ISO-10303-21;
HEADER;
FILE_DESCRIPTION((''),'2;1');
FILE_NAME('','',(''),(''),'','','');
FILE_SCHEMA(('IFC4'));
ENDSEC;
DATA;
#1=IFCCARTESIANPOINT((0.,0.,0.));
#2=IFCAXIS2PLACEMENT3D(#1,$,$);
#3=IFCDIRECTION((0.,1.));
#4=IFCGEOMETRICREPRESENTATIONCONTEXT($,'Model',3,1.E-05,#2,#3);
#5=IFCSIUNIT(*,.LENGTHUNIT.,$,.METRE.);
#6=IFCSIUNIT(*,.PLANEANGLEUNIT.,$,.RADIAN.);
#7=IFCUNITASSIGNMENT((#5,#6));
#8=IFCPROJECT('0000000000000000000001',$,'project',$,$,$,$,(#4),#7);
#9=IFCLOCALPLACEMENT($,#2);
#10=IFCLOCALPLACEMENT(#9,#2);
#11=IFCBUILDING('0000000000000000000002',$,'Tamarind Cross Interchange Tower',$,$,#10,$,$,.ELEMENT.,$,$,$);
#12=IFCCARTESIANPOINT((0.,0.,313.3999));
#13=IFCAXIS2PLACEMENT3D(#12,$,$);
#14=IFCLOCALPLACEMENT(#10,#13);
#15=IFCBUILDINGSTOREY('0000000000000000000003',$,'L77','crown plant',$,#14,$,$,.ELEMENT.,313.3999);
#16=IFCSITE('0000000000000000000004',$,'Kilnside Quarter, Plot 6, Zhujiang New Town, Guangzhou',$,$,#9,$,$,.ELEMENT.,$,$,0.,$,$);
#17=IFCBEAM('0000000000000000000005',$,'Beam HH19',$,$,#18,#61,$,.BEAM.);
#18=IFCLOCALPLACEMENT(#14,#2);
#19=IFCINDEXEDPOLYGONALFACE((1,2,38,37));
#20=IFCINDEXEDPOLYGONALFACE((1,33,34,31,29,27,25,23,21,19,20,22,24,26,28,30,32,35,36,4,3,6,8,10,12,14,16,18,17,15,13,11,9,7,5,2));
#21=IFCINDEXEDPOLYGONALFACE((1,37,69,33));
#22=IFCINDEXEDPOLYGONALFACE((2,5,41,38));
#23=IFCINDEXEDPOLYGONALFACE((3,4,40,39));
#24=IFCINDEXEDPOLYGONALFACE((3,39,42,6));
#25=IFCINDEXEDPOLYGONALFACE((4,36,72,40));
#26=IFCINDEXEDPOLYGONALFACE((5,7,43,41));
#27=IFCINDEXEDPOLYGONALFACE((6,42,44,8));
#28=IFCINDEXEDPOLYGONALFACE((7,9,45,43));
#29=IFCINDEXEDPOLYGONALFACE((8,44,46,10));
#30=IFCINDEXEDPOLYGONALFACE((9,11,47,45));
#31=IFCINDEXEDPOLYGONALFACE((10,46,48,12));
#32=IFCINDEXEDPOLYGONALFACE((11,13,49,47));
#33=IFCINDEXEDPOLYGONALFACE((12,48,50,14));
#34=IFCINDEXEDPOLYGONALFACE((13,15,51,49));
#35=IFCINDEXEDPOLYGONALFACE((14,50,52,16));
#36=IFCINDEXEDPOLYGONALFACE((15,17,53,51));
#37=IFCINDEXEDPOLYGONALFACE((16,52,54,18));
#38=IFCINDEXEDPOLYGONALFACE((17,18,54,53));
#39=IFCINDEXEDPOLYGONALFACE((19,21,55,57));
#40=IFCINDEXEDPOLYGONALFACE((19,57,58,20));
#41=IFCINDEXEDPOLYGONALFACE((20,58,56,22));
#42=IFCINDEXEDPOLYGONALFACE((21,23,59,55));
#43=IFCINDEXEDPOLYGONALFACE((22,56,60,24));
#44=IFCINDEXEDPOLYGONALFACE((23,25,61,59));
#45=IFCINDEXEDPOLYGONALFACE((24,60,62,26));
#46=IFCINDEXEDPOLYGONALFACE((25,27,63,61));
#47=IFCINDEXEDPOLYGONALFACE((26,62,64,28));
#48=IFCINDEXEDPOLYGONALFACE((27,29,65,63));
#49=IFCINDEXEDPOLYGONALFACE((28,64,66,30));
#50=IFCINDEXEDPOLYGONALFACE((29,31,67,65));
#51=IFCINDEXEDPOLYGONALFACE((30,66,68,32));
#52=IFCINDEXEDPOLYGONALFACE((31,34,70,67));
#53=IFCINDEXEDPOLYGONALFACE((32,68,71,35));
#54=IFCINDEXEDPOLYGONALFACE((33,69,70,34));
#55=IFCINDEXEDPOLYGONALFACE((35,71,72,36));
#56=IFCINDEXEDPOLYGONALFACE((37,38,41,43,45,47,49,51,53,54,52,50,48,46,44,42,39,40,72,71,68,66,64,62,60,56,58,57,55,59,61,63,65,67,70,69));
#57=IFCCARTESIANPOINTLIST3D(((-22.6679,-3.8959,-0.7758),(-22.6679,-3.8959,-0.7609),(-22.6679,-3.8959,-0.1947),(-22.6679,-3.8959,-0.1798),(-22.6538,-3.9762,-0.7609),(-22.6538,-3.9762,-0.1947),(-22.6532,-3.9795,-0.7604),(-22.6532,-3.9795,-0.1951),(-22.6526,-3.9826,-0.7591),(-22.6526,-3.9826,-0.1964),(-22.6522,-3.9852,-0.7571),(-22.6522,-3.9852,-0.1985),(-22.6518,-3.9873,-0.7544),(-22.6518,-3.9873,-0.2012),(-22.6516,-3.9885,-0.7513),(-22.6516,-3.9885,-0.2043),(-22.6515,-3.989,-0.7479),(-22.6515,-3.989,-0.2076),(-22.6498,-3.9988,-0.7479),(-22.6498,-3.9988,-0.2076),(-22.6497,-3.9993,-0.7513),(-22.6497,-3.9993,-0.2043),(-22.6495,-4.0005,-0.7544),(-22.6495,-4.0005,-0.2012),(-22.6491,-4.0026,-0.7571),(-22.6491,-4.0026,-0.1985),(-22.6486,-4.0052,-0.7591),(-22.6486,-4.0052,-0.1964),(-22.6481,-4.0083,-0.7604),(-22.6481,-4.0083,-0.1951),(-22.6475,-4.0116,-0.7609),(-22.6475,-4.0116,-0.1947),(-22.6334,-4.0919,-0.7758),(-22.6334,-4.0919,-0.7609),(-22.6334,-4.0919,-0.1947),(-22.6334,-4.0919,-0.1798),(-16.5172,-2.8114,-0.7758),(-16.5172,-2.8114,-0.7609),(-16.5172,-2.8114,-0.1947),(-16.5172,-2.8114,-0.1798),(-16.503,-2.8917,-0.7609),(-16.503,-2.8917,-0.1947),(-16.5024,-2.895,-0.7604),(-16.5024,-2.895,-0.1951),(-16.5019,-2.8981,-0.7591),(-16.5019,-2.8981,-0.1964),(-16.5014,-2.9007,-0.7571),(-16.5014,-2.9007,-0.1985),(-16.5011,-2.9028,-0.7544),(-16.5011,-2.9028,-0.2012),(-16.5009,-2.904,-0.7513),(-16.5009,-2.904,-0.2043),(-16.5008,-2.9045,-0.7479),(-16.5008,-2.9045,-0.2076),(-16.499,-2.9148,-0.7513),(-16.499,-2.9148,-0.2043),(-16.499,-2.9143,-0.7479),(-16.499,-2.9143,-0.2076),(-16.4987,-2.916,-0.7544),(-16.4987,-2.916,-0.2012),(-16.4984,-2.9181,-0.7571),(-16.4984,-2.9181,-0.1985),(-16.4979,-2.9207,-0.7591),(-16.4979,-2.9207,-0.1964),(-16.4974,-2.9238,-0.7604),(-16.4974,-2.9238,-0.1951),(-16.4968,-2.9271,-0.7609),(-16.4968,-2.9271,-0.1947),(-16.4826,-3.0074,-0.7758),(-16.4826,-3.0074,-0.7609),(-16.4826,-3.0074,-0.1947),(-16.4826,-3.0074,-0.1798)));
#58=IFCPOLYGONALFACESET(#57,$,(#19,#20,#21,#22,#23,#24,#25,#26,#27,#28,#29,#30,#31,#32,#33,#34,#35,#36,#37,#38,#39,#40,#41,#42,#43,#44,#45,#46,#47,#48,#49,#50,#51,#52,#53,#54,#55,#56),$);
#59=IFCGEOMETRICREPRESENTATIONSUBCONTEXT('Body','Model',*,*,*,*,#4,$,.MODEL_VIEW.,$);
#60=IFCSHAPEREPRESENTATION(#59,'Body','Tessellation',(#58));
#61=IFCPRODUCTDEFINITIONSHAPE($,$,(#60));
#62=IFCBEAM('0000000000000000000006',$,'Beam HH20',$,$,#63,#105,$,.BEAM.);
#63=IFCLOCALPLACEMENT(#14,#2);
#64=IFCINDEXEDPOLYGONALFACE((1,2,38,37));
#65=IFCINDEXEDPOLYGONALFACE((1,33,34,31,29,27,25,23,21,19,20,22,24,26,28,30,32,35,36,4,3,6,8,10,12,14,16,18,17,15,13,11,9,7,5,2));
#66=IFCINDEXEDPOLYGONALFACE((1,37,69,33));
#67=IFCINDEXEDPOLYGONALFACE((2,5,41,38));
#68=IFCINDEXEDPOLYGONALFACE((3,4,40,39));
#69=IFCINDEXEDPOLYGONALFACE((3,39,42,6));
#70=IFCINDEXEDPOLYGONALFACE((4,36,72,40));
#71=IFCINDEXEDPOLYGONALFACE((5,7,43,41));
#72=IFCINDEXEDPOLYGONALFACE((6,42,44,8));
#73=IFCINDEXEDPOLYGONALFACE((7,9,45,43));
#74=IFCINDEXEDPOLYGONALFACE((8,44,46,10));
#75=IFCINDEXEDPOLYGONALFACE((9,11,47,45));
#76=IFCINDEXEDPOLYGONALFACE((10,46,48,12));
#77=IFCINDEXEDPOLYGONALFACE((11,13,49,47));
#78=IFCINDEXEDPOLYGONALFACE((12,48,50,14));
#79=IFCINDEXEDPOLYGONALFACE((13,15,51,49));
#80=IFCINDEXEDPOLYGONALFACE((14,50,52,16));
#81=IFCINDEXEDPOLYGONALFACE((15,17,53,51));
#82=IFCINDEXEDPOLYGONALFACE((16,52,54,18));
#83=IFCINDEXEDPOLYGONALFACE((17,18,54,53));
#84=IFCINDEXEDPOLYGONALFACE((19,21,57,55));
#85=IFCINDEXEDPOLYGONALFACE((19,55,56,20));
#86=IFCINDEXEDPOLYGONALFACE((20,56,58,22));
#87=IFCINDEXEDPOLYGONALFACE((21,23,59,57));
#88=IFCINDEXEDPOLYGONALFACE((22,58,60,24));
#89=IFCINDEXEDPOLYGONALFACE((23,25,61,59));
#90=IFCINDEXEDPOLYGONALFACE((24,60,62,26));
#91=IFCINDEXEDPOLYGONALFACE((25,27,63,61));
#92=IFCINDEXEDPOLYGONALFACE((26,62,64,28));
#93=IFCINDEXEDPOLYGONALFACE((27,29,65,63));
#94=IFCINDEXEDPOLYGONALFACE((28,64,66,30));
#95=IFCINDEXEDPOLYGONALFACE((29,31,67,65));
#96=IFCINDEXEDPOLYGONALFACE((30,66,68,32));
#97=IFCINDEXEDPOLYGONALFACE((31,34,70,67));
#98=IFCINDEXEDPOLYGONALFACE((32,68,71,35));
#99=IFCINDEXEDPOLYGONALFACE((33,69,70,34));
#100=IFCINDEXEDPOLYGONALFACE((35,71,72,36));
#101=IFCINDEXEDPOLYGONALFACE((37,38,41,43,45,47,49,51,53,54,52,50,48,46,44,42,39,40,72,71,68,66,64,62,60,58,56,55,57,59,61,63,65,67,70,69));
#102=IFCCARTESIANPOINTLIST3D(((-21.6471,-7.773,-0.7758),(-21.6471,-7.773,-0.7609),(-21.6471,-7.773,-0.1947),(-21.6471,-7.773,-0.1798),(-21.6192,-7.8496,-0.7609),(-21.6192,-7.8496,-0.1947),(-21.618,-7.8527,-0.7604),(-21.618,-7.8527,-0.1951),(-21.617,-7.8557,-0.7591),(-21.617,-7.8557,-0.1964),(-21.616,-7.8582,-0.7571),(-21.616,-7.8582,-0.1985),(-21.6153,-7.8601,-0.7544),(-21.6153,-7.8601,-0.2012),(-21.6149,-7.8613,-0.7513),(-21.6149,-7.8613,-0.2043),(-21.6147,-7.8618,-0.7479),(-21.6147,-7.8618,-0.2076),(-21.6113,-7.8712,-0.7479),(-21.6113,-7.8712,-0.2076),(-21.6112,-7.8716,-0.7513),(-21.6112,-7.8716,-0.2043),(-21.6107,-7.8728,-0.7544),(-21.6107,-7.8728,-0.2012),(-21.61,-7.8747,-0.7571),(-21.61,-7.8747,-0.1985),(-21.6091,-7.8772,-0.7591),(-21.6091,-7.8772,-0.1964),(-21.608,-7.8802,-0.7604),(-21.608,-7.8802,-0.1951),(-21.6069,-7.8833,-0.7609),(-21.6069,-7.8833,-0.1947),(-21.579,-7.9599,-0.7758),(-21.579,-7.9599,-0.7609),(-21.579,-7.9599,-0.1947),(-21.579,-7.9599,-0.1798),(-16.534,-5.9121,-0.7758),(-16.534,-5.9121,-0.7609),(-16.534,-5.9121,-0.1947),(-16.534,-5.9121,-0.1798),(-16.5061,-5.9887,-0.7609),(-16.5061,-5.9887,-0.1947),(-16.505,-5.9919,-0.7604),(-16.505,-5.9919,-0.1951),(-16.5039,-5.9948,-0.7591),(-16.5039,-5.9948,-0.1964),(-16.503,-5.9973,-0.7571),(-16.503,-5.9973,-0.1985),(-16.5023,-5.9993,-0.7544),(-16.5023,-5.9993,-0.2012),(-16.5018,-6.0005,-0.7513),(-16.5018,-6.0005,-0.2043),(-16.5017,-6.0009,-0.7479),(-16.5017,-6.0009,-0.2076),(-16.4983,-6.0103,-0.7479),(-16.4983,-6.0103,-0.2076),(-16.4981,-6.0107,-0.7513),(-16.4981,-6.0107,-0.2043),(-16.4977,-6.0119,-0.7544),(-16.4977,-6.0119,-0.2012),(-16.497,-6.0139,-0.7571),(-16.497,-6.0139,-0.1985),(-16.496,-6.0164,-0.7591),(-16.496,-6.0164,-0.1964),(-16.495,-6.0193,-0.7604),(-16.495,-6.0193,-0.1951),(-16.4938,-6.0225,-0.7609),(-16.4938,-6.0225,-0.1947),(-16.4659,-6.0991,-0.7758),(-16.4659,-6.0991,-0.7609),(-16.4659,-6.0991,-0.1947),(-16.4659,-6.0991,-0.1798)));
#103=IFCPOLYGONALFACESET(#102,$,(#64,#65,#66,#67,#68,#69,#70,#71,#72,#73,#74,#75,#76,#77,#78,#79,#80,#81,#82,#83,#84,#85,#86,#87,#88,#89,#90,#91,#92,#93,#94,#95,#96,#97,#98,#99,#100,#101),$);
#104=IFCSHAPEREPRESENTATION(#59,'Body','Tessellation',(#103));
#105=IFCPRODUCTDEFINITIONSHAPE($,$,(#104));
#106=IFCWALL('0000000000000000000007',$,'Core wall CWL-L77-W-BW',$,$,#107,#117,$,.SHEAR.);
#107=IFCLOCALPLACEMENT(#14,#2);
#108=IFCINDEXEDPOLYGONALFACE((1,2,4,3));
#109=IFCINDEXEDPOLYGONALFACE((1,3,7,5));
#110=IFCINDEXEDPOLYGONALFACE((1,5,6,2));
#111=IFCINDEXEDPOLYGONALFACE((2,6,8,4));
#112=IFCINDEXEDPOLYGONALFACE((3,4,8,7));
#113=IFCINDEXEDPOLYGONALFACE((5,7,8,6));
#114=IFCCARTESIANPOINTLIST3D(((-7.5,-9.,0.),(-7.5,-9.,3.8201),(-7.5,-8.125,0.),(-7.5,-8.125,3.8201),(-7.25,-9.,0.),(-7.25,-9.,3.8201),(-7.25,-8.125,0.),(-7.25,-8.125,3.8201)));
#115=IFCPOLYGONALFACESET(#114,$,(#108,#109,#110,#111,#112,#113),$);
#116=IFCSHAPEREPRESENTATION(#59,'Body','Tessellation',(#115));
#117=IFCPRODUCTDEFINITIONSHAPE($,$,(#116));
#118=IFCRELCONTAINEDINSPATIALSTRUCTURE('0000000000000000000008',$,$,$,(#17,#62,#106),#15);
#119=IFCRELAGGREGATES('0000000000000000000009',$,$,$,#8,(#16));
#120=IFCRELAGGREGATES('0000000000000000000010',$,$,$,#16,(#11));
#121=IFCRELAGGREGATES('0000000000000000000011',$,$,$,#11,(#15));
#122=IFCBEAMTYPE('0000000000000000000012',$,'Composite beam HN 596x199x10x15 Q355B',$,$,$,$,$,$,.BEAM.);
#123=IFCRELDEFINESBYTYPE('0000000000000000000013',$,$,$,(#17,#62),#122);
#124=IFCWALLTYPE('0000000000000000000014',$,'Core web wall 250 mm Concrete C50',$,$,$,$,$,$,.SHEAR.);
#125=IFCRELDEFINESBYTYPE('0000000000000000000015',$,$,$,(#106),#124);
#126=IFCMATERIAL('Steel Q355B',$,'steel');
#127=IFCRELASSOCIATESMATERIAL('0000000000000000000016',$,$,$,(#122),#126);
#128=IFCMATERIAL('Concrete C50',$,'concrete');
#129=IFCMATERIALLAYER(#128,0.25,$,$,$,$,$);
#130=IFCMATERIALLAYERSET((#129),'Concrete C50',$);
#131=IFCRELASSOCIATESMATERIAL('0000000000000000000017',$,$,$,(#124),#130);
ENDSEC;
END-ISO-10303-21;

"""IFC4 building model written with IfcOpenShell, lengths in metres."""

from ifc_helpers import new_model, si_unit, direction, frame, frame_2d, origin, origin_2d, place, context, subcontext, project, spatial, rectangle, i_section, extrude, material, layer, layer_set, material_profile, profile_set, type_object, element, save


model = new_model("IFC4")

# Units and contexts
model_context = context("Model", 3, precision=1e-05, world=origin(), true_north=direction((0.0, 1.0)))
body_context = subcontext(model_context, "Body", "Model", "MODEL_VIEW")
ifc_project = project(units=[si_unit("LENGTHUNIT", "METRE"), si_unit("PLANEANGLEUNIT", "RADIAN")], contexts=[model_context])

# Site, building, storey
site_placement = place(None, origin())
site = spatial("IfcSite", under=ifc_project, at=site_placement, Name="Kilnside Quarter, Plot 6, Zhujiang New Town, Guangzhou", CompositionType="ELEMENT", RefElevation=0.0)
building_placement = place(site_placement, origin())
building = spatial("IfcBuilding", under=site, at=building_placement, Name="Tamarind Cross Interchange Tower", CompositionType="ELEMENT")
storey_placement = place(building_placement, frame((0.0, 0.0, 313.3999)))
storey = spatial("IfcBuildingStorey", under=building, at=storey_placement, Name="L77", Description="crown plant", CompositionType="ELEMENT", Elevation=313.3999)

# Beams
ifc_material_1 = material(Name="Steel Q355B", Category="steel")
ifc_material_profile_1 = material_profile(ifc_material_1, i_section(OverallWidth=0.199, OverallDepth=0.5959, WebThickness=0.01, FlangeThickness=0.0149, FilletRadius=0.0129, at=origin_2d()), Name="HN 596x199x10x15")
ifc_profile_set_1 = profile_set([ifc_material_profile_1], Name="Steel Q355B")
beam_type = type_object("IfcBeamType", Name="Composite beam HN 596x199x10x15 Q355B", PredefinedType="BEAM", material=ifc_profile_set_1)
beam_1_placement = place(storey_placement, frame((-22.6506, -3.9939, -0.4778), z_axis=(0.984809, 0.17364, 0.0), x_axis=(-0.17364, 0.984809, 0.0)))
element("IfcBeam", 1, at=beam_1_placement, inside=storey, type_object=beam_type, Name="Beam HH19", PredefinedType="BEAM", context=body_context, shape_type="SweptSolid", body=[
    extrude(i_section(OverallWidth=0.199, OverallDepth=0.5959, WebThickness=0.01, FlangeThickness=0.0149, FilletRadius=0.0129, at=origin_2d()), origin(), (0.0, 0.0, 1.0), 6.2456),
])
beam_2_placement = place(storey_placement, frame((-21.613, -7.8665, -0.4778), z_axis=(0.939702, 0.341995, 0.0), x_axis=(-0.341995, 0.939702, 0.0)))
element("IfcBeam", 2, at=beam_2_placement, inside=storey, type_object=beam_type, Name="Beam HH20", PredefinedType="BEAM", context=body_context, shape_type="SweptSolid", body=[
    extrude(i_section(OverallWidth=0.199, OverallDepth=0.5959, WebThickness=0.01, FlangeThickness=0.0149, FilletRadius=0.0129, at=origin_2d()), origin(), (0.0, 0.0, 1.0), 5.4412),
])

# Wall
ifc_material_2 = material(Name="Concrete C50", Category="concrete")
ifc_layer_1 = layer(ifc_material_2, 0.25)
ifc_layer_set_1 = layer_set([ifc_layer_1], Name="Concrete C50")
wall_type_1 = type_object("IfcWallType", Name="Core web wall 250 mm Concrete C50", PredefinedType="SHEAR", material=ifc_layer_set_1)
wall_1_placement = place(storey_placement, frame((-7.375, -9.0, 0.0), z_axis=(0.0, 0.0, 1.0), x_axis=(0.0, 1.0, 0.0)))
element("IfcWall", 3, at=wall_1_placement, inside=storey, type_object=wall_type_1, Name="Core wall CWL-L77-W-BW", PredefinedType="SHEAR", context=body_context, shape_type="SweptSolid", body=[
    extrude(rectangle(XDim=0.875, YDim=0.25, at=frame_2d((0.4375, 0.0))), origin(), (0.0, 0.0, 1.0), 3.8201),
])

save(model, "model.ifc")
